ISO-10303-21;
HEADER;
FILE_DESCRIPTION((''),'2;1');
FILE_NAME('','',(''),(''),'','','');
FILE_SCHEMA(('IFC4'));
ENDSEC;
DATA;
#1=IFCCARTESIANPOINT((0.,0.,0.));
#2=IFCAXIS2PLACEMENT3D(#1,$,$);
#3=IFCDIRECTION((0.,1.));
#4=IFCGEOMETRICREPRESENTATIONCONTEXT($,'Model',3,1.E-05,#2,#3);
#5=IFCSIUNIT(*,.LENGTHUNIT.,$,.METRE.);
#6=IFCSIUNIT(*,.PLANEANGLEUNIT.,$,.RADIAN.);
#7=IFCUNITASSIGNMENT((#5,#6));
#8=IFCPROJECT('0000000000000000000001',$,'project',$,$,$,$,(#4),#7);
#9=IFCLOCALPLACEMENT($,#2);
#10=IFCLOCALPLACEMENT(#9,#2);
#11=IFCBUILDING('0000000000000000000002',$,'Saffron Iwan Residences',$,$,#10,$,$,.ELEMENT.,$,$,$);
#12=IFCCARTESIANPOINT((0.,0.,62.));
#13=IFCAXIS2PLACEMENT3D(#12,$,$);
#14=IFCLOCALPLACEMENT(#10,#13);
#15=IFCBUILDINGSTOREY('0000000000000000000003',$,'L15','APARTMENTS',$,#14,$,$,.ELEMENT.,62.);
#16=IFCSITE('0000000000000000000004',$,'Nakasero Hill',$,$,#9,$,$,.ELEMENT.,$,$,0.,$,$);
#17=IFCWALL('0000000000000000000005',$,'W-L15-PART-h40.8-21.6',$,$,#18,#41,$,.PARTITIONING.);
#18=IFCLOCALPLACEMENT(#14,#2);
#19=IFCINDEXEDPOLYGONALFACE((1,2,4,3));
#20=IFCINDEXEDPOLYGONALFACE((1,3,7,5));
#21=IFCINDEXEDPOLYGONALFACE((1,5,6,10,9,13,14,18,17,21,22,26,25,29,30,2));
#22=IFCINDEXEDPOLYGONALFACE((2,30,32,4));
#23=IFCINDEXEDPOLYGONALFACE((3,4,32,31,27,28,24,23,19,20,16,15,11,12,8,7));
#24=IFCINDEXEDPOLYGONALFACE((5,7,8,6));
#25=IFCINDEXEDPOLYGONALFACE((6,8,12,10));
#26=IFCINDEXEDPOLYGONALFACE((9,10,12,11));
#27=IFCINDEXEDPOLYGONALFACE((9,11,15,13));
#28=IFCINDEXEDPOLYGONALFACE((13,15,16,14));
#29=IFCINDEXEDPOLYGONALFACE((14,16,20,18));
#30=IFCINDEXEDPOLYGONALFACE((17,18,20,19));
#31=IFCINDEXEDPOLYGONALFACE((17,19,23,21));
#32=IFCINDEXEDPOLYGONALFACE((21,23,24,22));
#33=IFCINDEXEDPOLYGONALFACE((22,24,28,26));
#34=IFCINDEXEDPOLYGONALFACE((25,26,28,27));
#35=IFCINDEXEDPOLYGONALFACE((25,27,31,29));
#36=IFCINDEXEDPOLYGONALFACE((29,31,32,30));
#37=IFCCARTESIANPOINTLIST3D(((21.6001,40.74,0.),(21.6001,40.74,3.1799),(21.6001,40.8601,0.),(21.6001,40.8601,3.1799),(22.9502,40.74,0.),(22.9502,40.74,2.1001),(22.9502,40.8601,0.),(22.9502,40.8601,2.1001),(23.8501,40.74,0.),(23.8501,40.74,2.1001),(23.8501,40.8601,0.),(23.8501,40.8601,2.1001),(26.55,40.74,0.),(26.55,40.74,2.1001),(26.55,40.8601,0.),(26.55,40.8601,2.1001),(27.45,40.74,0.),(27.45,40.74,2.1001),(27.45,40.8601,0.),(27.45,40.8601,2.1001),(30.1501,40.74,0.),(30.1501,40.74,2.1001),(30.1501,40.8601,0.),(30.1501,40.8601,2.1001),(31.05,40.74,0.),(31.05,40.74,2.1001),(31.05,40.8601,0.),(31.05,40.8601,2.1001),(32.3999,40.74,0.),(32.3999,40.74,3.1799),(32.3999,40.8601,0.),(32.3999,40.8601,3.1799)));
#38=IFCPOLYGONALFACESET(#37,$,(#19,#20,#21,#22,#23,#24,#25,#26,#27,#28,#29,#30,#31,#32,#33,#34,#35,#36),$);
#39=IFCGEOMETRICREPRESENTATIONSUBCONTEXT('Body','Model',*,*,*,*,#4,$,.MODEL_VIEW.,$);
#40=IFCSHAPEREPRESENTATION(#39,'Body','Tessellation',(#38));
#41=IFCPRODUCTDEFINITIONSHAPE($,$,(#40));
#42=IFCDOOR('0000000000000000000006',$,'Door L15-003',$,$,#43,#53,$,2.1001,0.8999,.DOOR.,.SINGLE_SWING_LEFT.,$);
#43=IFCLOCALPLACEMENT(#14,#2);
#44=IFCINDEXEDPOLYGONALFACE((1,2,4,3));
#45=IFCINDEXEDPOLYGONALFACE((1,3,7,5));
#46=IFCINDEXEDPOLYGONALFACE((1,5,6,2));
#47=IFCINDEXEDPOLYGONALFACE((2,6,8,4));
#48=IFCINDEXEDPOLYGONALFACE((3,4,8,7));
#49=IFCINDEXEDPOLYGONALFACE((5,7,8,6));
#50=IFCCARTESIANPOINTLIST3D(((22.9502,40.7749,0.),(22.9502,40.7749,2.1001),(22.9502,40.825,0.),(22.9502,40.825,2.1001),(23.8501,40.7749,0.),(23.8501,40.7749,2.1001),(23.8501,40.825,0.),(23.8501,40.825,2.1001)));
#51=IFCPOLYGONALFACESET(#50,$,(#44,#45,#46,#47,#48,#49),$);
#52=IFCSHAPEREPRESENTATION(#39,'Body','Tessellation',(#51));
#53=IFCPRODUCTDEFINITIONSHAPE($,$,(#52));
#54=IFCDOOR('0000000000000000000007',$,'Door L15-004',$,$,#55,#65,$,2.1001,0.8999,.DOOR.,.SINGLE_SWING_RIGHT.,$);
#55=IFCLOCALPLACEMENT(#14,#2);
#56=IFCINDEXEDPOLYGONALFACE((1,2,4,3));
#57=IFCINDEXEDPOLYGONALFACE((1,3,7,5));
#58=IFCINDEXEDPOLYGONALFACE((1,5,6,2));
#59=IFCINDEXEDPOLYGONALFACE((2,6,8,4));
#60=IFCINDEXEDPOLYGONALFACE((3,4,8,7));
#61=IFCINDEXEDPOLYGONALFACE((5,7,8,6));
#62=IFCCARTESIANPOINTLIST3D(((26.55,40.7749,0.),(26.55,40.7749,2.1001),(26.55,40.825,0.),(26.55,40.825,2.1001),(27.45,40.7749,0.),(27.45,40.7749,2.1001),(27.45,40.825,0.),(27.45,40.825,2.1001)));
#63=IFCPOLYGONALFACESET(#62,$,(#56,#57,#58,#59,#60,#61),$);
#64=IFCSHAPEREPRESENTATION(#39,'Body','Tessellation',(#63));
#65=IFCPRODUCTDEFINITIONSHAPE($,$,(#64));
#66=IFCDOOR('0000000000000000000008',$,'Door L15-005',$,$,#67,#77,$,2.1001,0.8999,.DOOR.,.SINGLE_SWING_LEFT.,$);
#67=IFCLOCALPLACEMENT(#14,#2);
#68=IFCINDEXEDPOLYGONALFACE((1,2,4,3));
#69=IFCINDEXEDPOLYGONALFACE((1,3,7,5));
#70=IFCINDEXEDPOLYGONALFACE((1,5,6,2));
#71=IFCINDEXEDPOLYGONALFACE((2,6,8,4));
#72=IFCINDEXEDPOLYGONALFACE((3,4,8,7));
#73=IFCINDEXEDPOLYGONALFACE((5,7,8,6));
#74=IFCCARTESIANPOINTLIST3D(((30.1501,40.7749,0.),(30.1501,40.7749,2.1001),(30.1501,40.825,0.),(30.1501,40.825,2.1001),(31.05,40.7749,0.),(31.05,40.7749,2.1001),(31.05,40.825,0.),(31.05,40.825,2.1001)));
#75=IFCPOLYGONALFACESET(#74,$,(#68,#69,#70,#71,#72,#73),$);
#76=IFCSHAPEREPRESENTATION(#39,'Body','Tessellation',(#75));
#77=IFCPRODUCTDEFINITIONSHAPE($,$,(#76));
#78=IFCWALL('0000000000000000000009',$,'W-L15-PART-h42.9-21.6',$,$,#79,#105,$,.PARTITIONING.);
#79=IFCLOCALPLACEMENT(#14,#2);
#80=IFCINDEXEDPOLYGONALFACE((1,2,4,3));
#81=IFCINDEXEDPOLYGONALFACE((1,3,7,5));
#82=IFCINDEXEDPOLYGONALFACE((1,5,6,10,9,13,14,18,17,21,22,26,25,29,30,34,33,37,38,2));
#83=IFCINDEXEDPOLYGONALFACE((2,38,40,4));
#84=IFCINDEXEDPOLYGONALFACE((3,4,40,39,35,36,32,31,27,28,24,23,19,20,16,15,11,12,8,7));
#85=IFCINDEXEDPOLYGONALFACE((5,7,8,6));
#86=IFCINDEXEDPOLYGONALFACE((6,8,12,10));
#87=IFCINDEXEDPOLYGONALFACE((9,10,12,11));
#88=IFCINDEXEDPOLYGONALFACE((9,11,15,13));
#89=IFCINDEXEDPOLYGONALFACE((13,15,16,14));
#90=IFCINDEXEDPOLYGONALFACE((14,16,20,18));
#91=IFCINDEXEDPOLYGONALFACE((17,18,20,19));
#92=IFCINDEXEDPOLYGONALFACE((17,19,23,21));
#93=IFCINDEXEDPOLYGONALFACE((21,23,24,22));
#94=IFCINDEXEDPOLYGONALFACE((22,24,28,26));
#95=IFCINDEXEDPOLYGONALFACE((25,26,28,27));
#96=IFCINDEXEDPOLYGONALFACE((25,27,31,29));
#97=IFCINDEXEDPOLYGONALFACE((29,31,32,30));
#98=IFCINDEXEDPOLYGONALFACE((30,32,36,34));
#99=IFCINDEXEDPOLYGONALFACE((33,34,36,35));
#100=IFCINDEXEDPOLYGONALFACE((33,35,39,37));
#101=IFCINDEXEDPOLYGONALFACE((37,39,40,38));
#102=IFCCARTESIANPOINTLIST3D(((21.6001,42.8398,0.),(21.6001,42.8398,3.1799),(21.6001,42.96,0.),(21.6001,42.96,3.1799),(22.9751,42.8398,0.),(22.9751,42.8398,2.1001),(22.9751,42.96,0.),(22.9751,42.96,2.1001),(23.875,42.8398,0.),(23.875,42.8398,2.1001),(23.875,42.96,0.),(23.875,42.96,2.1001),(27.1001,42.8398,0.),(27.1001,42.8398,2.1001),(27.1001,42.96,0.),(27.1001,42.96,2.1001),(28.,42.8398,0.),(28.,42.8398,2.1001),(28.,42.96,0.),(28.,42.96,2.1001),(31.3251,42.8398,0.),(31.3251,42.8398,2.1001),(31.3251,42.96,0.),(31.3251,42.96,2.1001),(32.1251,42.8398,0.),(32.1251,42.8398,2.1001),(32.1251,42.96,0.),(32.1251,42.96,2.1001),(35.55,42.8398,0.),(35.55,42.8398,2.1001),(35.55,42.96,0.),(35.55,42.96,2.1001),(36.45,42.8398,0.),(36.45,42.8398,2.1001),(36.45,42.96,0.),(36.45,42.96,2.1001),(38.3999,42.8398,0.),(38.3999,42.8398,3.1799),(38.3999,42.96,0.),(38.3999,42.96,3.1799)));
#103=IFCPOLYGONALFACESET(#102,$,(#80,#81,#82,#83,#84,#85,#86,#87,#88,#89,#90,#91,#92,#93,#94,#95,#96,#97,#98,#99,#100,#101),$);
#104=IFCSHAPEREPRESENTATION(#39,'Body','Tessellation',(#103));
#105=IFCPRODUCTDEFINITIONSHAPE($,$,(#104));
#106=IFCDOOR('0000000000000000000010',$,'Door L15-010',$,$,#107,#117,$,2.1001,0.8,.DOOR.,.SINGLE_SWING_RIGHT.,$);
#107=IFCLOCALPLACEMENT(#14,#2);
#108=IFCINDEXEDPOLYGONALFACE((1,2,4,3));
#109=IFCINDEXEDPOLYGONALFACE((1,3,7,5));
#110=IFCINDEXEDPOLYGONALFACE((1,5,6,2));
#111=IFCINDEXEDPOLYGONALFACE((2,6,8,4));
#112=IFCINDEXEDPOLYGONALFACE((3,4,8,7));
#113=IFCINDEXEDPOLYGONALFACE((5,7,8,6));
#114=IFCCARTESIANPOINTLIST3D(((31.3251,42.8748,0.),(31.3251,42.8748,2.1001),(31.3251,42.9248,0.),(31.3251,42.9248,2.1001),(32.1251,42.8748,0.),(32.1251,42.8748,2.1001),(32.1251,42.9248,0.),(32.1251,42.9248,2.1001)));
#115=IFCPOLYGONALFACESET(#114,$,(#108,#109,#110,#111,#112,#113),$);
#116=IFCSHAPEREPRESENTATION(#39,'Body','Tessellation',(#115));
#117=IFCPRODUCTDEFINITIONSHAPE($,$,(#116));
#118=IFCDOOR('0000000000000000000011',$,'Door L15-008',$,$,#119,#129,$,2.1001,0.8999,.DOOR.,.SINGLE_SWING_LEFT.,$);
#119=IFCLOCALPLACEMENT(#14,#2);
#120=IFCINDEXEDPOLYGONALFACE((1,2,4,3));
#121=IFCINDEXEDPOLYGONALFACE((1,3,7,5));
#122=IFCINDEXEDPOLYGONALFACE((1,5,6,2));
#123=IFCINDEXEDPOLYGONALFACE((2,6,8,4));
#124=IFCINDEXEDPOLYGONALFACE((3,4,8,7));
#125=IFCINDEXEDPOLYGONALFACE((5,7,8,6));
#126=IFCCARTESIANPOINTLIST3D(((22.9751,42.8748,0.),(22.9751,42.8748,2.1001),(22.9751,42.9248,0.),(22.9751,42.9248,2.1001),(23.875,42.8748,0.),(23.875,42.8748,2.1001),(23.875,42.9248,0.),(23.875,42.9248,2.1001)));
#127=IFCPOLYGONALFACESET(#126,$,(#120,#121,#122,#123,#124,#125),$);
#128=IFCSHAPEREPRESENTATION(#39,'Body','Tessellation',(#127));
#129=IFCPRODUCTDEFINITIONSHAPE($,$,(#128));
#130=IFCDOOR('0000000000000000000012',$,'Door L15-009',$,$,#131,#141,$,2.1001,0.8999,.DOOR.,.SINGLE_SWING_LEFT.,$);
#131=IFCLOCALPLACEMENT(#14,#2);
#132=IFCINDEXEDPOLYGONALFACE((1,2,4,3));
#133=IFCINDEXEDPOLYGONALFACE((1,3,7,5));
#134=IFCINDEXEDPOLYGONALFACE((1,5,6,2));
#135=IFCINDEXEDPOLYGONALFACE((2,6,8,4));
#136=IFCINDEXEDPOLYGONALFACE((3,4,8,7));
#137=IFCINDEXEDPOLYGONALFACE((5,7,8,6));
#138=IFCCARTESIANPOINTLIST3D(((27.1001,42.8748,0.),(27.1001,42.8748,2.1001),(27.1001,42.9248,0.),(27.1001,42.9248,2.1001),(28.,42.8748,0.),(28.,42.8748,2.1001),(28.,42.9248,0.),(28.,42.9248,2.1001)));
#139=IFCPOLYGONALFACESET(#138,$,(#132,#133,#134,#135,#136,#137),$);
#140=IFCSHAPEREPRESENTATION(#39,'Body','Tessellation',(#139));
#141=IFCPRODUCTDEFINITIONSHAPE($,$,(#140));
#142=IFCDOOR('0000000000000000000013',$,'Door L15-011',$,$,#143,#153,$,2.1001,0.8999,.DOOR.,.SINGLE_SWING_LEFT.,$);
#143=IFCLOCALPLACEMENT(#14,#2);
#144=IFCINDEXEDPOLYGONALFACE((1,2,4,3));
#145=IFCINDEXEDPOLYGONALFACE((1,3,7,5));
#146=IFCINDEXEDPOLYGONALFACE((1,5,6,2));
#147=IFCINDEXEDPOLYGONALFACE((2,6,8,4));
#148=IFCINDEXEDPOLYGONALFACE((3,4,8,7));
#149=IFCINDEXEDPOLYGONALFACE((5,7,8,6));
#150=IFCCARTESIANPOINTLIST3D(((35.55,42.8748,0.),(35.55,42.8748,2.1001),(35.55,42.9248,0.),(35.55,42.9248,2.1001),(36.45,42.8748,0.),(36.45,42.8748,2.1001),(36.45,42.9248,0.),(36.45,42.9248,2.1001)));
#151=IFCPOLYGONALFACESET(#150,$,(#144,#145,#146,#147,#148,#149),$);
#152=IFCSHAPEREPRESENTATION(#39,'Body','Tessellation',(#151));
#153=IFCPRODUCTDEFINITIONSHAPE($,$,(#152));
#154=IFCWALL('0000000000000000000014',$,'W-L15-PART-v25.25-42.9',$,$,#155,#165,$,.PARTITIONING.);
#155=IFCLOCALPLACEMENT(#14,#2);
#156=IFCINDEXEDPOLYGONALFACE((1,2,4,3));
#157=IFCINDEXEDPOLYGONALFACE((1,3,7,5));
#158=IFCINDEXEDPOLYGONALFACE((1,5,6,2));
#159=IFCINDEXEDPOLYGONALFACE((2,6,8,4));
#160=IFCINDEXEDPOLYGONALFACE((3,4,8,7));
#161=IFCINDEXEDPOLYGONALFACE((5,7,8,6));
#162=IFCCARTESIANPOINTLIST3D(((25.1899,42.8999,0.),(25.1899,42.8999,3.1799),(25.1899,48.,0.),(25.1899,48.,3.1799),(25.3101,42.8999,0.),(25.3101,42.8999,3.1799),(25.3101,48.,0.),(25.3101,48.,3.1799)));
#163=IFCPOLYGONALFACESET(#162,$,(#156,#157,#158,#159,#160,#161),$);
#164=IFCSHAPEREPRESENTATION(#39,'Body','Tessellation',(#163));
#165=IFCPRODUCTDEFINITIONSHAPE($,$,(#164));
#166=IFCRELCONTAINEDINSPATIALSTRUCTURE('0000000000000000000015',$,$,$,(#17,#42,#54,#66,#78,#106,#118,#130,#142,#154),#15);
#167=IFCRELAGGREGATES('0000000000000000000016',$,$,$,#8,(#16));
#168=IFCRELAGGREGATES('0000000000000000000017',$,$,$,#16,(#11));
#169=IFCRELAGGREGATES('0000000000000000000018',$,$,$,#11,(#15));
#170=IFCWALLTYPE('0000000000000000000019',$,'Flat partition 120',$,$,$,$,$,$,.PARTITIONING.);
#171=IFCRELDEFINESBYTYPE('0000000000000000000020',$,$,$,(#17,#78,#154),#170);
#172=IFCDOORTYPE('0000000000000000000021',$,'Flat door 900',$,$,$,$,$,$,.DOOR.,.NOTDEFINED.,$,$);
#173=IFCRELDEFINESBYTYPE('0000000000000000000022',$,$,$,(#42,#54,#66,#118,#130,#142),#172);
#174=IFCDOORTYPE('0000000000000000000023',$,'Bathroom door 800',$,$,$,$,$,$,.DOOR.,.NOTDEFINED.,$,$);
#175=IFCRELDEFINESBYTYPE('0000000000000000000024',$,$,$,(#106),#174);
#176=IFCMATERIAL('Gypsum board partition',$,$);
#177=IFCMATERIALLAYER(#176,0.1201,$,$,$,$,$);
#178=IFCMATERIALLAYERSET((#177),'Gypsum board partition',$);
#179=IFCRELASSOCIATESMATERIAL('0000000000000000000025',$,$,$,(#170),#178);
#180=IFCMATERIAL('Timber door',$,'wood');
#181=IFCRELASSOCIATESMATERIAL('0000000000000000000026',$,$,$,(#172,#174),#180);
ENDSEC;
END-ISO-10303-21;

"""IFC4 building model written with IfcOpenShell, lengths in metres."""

from ifc_helpers import new_model, si_unit, direction, frame, frame_2d, origin, place, context, subcontext, project, spatial, rectangle, extrude, material, layer, layer_set, type_object, element, fill, save


model = new_model("IFC4")

# Units and contexts
model_context = context("Model", 3, precision=1e-05, world=origin(), true_north=direction((0.0, 1.0)))
body_context = subcontext(model_context, "Body", "Model", "MODEL_VIEW")
ifc_project = project(units=[si_unit("LENGTHUNIT", "METRE"), si_unit("PLANEANGLEUNIT", "RADIAN")], contexts=[model_context])

# Site, building, storey
site_placement = place(None, origin())
site = spatial("IfcSite", under=ifc_project, at=site_placement, Name="Nakasero Hill", CompositionType="ELEMENT", RefElevation=0.0)
building_placement = place(site_placement, origin())
building = spatial("IfcBuilding", under=site, at=building_placement, Name="Saffron Iwan Residences", CompositionType="ELEMENT")
storey_placement = place(building_placement, frame((0.0, 0.0, 62.0)))
storey = spatial("IfcBuildingStorey", under=building, at=storey_placement, Name="L15", Description="APARTMENTS", CompositionType="ELEMENT", Elevation=62.0)

# Walls, openings, doors
ifc_material_1 = material(Name="Gypsum board partition")
ifc_layer_1 = layer(ifc_material_1, 0.1201)
ifc_layer_set_1 = layer_set([ifc_layer_1], Name="Gypsum board partition")
wall_type_1 = type_object("IfcWallType", Name="Flat partition 120", PredefinedType="PARTITIONING", material=ifc_layer_set_1)
wall_1_placement = place(storey_placement, frame((21.6001, 40.8, 0.0), z_axis=(0.0, 0.0, 1.0), x_axis=(1.0, 0.0, 0.0)))
wall_1 = element("IfcWall", 1, at=wall_1_placement, inside=storey, type_object=wall_type_1, Name="W-L15-PART-h40.8-21.6", PredefinedType="PARTITIONING", context=body_context, shape_type="SweptSolid", body=[
    extrude(rectangle(XDim=10.7998, YDim=0.1201, at=frame_2d((5.3999, 0.0))), origin(), (0.0, 0.0, 1.0), 3.1799),
])
opening_1_placement = place(wall_1_placement, frame((1.3501, 0.0, 0.0)))
opening_1 = element("IfcOpeningElement", 2, at=opening_1_placement, cuts=wall_1, PredefinedType="OPENING", context=body_context, shape_type="SweptSolid", body=[
    extrude(rectangle(XDim=0.8999, YDim=2.1001, at=frame_2d((0.45, 1.05))), frame((0.0, 0.0701, 0.0), z_axis=(0.0, -1.0, 0.0), x_axis=(1.0, 0.0, 0.0)), (0.0, 0.0, 1.0), 0.1401),
])
opening_2_placement = place(wall_1_placement, frame((4.95, 0.0, 0.0)))
opening_2 = element("IfcOpeningElement", 3, at=opening_2_placement, cuts=wall_1, PredefinedType="OPENING", context=body_context, shape_type="SweptSolid", body=[
    extrude(rectangle(XDim=0.8999, YDim=2.1001, at=frame_2d((0.45, 1.05))), frame((0.0, 0.0701, 0.0), z_axis=(0.0, -1.0, 0.0), x_axis=(1.0, 0.0, 0.0)), (0.0, 0.0, 1.0), 0.1401),
])
opening_3_placement = place(wall_1_placement, frame((8.55, 0.0, 0.0)))
opening_3 = element("IfcOpeningElement", 4, at=opening_3_placement, cuts=wall_1, PredefinedType="OPENING", context=body_context, shape_type="SweptSolid", body=[
    extrude(rectangle(XDim=0.8999, YDim=2.1001, at=frame_2d((0.45, 1.05))), frame((0.0, 0.0701, 0.0), z_axis=(0.0, -1.0, 0.0), x_axis=(1.0, 0.0, 0.0)), (0.0, 0.0, 1.0), 0.1401),
])
ifc_material_2 = material(Name="Timber door", Category="wood")
door_type_1 = type_object("IfcDoorType", Name="Flat door 900", OperationType="NOTDEFINED", PredefinedType="DOOR", material=ifc_material_2)
door_1_placement = place(opening_1_placement, origin())
door_1 = element("IfcDoor", 5, at=door_1_placement, inside=storey, type_object=door_type_1, Name="Door L15-003", OperationType="SINGLE_SWING_LEFT", OverallHeight=2.1001, OverallWidth=0.8999, PredefinedType="DOOR", context=body_context, shape_type="SweptSolid", body=[
    extrude(rectangle(XDim=0.8999, YDim=2.1001, at=frame_2d((0.45, 1.05))), frame((0.0, 0.0249, 0.0), z_axis=(0.0, -1.0, 0.0), x_axis=(1.0, 0.0, 0.0)), (0.0, 0.0, 1.0), 0.05),
])
fill(opening_1, door_1)
door_2_placement = place(opening_2_placement, origin())
door_2 = element("IfcDoor", 6, at=door_2_placement, inside=storey, type_object=door_type_1, Name="Door L15-004", OperationType="SINGLE_SWING_RIGHT", OverallHeight=2.1001, OverallWidth=0.8999, PredefinedType="DOOR", context=body_context, shape_type="SweptSolid", body=[
    extrude(rectangle(XDim=0.8999, YDim=2.1001, at=frame_2d((0.45, 1.05))), frame((0.0, 0.0249, 0.0), z_axis=(0.0, -1.0, 0.0), x_axis=(1.0, 0.0, 0.0)), (0.0, 0.0, 1.0), 0.05),
])
fill(opening_2, door_2)
door_3_placement = place(opening_3_placement, origin())
door_3 = element("IfcDoor", 7, at=door_3_placement, inside=storey, type_object=door_type_1, Name="Door L15-005", OperationType="SINGLE_SWING_LEFT", OverallHeight=2.1001, OverallWidth=0.8999, PredefinedType="DOOR", context=body_context, shape_type="SweptSolid", body=[
    extrude(rectangle(XDim=0.8999, YDim=2.1001, at=frame_2d((0.45, 1.05))), frame((0.0, 0.0249, 0.0), z_axis=(0.0, -1.0, 0.0), x_axis=(1.0, 0.0, 0.0)), (0.0, 0.0, 1.0), 0.05),
])
fill(opening_3, door_3)
wall_2_placement = place(storey_placement, frame((21.6001, 42.8999, 0.0), z_axis=(0.0, 0.0, 1.0), x_axis=(1.0, 0.0, 0.0)))
wall_2 = element("IfcWall", 8, at=wall_2_placement, inside=storey, type_object=wall_type_1, Name="W-L15-PART-h42.9-21.6", PredefinedType="PARTITIONING", context=body_context, shape_type="SweptSolid", body=[
    extrude(rectangle(XDim=16.7998, YDim=0.1201, at=frame_2d((8.3999, 0.0))), origin(), (0.0, 0.0, 1.0), 3.1799),
])
opening_4_placement = place(wall_2_placement, frame((1.375, 0.0, 0.0)))
opening_4 = element("IfcOpeningElement", 9, at=opening_4_placement, cuts=wall_2, PredefinedType="OPENING", context=body_context, shape_type="SweptSolid", body=[
    extrude(rectangle(XDim=0.8999, YDim=2.1001, at=frame_2d((0.45, 1.05))), frame((0.0, 0.0701, 0.0), z_axis=(0.0, -1.0, 0.0), x_axis=(1.0, 0.0, 0.0)), (0.0, 0.0, 1.0), 0.1401),
])
opening_5_placement = place(wall_2_placement, frame((5.5, 0.0, 0.0)))
opening_5 = element("IfcOpeningElement", 10, at=opening_5_placement, cuts=wall_2, PredefinedType="OPENING", context=body_context, shape_type="SweptSolid", body=[
    extrude(rectangle(XDim=0.8999, YDim=2.1001, at=frame_2d((0.45, 1.05))), frame((0.0, 0.0701, 0.0), z_axis=(0.0, -1.0, 0.0), x_axis=(1.0, 0.0, 0.0)), (0.0, 0.0, 1.0), 0.1401),
])
opening_6_placement = place(wall_2_placement, frame((9.7251, 0.0, 0.0)))
opening_6 = element("IfcOpeningElement", 11, at=opening_6_placement, cuts=wall_2, PredefinedType="OPENING", context=body_context, shape_type="SweptSolid", body=[
    extrude(rectangle(XDim=0.8, YDim=2.1001, at=frame_2d((0.3999, 1.05))), frame((0.0, 0.0701, 0.0), z_axis=(0.0, -1.0, 0.0), x_axis=(1.0, 0.0, 0.0)), (0.0, 0.0, 1.0), 0.1401),
])
opening_7_placement = place(wall_2_placement, frame((13.95, 0.0, 0.0)))
opening_7 = element("IfcOpeningElement", 12, at=opening_7_placement, cuts=wall_2, PredefinedType="OPENING", context=body_context, shape_type="SweptSolid", body=[
    extrude(rectangle(XDim=0.8999, YDim=2.1001, at=frame_2d((0.45, 1.05))), frame((0.0, 0.0701, 0.0), z_axis=(0.0, -1.0, 0.0), x_axis=(1.0, 0.0, 0.0)), (0.0, 0.0, 1.0), 0.1401),
])
door_type_2 = type_object("IfcDoorType", Name="Bathroom door 800", OperationType="NOTDEFINED", PredefinedType="DOOR", material=ifc_material_2)
door_4_placement = place(opening_6_placement, origin())
door_4 = element("IfcDoor", 13, at=door_4_placement, inside=storey, type_object=door_type_2, Name="Door L15-010", OperationType="SINGLE_SWING_RIGHT", OverallHeight=2.1001, OverallWidth=0.8, PredefinedType="DOOR", context=body_context, shape_type="SweptSolid", body=[
    extrude(rectangle(XDim=0.8, YDim=2.1001, at=frame_2d((0.3999, 1.05))), frame((0.0, 0.0249, 0.0), z_axis=(0.0, -1.0, 0.0), x_axis=(1.0, 0.0, 0.0)), (0.0, 0.0, 1.0), 0.05),
])
fill(opening_6, door_4)
door_5_placement = place(opening_4_placement, origin())
door_5 = element("IfcDoor", 14, at=door_5_placement, inside=storey, type_object=door_type_1, Name="Door L15-008", OperationType="SINGLE_SWING_LEFT", OverallHeight=2.1001, OverallWidth=0.8999, PredefinedType="DOOR", context=body_context, shape_type="SweptSolid", body=[
    extrude(rectangle(XDim=0.8999, YDim=2.1001, at=frame_2d((0.45, 1.05))), frame((0.0, 0.0249, 0.0), z_axis=(0.0, -1.0, 0.0), x_axis=(1.0, 0.0, 0.0)), (0.0, 0.0, 1.0), 0.05),
])
fill(opening_4, door_5)
door_6_placement = place(opening_5_placement, origin())
door_6 = element("IfcDoor", 15, at=door_6_placement, inside=storey, type_object=door_type_1, Name="Door L15-009", OperationType="SINGLE_SWING_LEFT", OverallHeight=2.1001, OverallWidth=0.8999, PredefinedType="DOOR", context=body_context, shape_type="SweptSolid", body=[
    extrude(rectangle(XDim=0.8999, YDim=2.1001, at=frame_2d((0.45, 1.05))), frame((0.0, 0.0249, 0.0), z_axis=(0.0, -1.0, 0.0), x_axis=(1.0, 0.0, 0.0)), (0.0, 0.0, 1.0), 0.05),
])
fill(opening_5, door_6)
door_7_placement = place(opening_7_placement, origin())
door_7 = element("IfcDoor", 16, at=door_7_placement, inside=storey, type_object=door_type_1, Name="Door L15-011", OperationType="SINGLE_SWING_LEFT", OverallHeight=2.1001, OverallWidth=0.8999, PredefinedType="DOOR", context=body_context, shape_type="SweptSolid", body=[
    extrude(rectangle(XDim=0.8999, YDim=2.1001, at=frame_2d((0.45, 1.05))), frame((0.0, 0.0249, 0.0), z_axis=(0.0, -1.0, 0.0), x_axis=(1.0, 0.0, 0.0)), (0.0, 0.0, 1.0), 0.05),
])
fill(opening_7, door_7)

# Wall
wall_3_placement = place(storey_placement, frame((25.25, 42.8999, 0.0), z_axis=(0.0, 0.0, 1.0), x_axis=(0.0, 1.0, 0.0)))
element("IfcWall", 17, at=wall_3_placement, inside=storey, type_object=wall_type_1, Name="W-L15-PART-v25.25-42.9", PredefinedType="PARTITIONING", context=body_context, shape_type="SweptSolid", body=[
    extrude(rectangle(XDim=5.1001, YDim=0.1201, at=frame_2d((2.55, 0.0))), origin(), (0.0, 0.0, 1.0), 3.1799),
])

save(model, "model.ifc")
